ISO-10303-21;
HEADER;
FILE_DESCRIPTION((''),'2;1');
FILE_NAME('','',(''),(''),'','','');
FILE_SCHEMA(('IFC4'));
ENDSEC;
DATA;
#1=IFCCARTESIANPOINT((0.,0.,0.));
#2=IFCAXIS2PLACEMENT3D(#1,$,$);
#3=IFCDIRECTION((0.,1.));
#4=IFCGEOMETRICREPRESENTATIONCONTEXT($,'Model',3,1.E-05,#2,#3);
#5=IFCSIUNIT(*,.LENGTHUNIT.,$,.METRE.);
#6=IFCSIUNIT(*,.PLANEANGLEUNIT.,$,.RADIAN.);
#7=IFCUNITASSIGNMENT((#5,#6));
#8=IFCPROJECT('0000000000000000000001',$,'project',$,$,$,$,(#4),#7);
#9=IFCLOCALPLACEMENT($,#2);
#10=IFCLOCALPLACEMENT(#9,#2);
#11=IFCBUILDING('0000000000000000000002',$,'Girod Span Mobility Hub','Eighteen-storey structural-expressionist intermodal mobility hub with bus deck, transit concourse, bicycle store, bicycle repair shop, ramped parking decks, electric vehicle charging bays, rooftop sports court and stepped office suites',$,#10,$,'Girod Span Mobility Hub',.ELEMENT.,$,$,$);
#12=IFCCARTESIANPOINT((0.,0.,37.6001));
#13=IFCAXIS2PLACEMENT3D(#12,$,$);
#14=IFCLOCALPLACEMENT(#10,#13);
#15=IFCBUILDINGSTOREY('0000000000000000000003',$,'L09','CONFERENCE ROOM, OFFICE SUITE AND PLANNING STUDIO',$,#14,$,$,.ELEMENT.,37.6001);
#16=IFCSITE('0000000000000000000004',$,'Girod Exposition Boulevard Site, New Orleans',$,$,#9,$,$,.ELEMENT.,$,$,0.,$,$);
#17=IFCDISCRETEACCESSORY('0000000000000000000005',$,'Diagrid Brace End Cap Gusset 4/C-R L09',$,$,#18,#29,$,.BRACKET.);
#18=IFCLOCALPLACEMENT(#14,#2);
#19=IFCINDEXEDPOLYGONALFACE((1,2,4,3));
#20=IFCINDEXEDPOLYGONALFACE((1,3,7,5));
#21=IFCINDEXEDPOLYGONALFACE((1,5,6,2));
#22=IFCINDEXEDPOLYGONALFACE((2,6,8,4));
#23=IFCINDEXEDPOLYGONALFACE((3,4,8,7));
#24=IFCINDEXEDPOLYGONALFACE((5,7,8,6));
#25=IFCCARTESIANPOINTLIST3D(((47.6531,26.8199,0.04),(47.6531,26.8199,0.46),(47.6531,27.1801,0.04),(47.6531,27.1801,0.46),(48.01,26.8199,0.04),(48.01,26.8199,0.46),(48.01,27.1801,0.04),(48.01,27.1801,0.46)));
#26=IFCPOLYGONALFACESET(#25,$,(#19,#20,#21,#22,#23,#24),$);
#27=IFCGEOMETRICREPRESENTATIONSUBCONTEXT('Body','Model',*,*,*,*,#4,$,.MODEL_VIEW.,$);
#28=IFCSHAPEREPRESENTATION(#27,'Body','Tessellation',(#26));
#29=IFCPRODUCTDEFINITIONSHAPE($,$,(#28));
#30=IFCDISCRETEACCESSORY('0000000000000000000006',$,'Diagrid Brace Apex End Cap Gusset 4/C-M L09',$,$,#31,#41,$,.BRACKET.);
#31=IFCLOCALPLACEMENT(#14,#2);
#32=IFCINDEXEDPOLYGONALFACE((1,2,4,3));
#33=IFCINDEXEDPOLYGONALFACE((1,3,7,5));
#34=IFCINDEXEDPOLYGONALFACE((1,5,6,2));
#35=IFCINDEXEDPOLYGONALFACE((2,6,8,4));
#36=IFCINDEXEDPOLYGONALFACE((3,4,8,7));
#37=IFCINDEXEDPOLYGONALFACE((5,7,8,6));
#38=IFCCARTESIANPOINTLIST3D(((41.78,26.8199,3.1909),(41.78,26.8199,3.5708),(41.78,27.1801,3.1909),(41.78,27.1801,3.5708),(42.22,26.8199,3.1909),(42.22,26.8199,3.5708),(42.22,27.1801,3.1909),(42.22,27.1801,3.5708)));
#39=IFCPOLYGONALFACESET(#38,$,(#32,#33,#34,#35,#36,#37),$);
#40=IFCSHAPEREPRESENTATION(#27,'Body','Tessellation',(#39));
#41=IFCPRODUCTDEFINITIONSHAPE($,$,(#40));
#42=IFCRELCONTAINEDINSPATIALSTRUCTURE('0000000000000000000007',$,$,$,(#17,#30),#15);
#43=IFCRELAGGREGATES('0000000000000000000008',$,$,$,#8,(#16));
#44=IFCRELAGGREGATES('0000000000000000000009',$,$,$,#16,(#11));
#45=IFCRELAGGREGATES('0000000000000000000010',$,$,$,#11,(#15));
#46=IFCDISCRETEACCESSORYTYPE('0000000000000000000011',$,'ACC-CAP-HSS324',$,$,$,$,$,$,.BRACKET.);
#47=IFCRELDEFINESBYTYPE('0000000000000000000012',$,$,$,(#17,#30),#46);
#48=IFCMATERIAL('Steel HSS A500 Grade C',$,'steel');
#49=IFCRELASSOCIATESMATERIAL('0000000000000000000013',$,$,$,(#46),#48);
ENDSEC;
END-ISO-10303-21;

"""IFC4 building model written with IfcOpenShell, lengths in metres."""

from ifc_helpers import new_model, si_unit, direction, frame, origin, origin_2d, place, context, subcontext, project, spatial, rectangle, extrude, material, type_object, element, save


model = new_model("IFC4")

# Units and contexts
model_context = context("Model", 3, precision=1e-05, world=origin(), true_north=direction((0.0, 1.0)))
body_context = subcontext(model_context, "Body", "Model", "MODEL_VIEW")
ifc_project = project(units=[si_unit("LENGTHUNIT", "METRE"), si_unit("PLANEANGLEUNIT", "RADIAN")], contexts=[model_context])

# Site, building, storey
site_placement = place(None, origin())
site = spatial("IfcSite", under=ifc_project, at=site_placement, Name="Girod Exposition Boulevard Site, New Orleans", CompositionType="ELEMENT", RefElevation=0.0)
building_placement = place(site_placement, origin())
building = spatial("IfcBuilding", under=site, at=building_placement, Name="Girod Span Mobility Hub", Description="Eighteen-storey structural-expressionist intermodal mobility hub with bus deck, transit concourse, bicycle store, bicycle repair shop, ramped parking decks, electric vehicle charging bays, rooftop sports court and stepped office suites", LongName="Girod Span Mobility Hub", CompositionType="ELEMENT")
storey_placement = place(building_placement, frame((0.0, 0.0, 37.6001)))
storey = spatial("IfcBuildingStorey", under=building, at=storey_placement, Name="L09", Description="CONFERENCE ROOM, OFFICE SUITE AND PLANNING STUDIO", CompositionType="ELEMENT", Elevation=37.6001)

# Discrete accessories
ifc_material_1 = material(Name="Steel HSS A500 Grade C", Category="steel")
discrete_accessory_type = type_object("IfcDiscreteAccessoryType", Name="ACC-CAP-HSS324", PredefinedType="BRACKET", material=ifc_material_1)
discrete_accessory_1_placement = place(storey_placement, frame((47.8315, 27.0, 0.04), z_axis=(0.0, 0.0, 1.0), x_axis=(1.0, 0.0, 0.0)))
element("IfcDiscreteAccessory", 1, at=discrete_accessory_1_placement, inside=storey, type_object=discrete_accessory_type, Name="Diagrid Brace End Cap Gusset 4/C-R L09", PredefinedType="BRACKET", context=body_context, shape_type="SweptSolid", body=[
    extrude(rectangle(XDim=0.3569, YDim=0.3601, at=origin_2d()), origin(), (0.0, 0.0, 1.0), 0.4199),
])
discrete_accessory_2_placement = place(storey_placement, frame((42.0, 27.0, 3.1909), z_axis=(0.0, 0.0, 1.0), x_axis=(1.0, 0.0, 0.0)))
element("IfcDiscreteAccessory", 2, at=discrete_accessory_2_placement, inside=storey, type_object=discrete_accessory_type, Name="Diagrid Brace Apex End Cap Gusset 4/C-M L09", PredefinedType="BRACKET", context=body_context, shape_type="SweptSolid", body=[
    extrude(rectangle(XDim=0.4399, YDim=0.3601, at=origin_2d()), origin(), (0.0, 0.0, 1.0), 0.3799),
])

save(model, "model.ifc")
